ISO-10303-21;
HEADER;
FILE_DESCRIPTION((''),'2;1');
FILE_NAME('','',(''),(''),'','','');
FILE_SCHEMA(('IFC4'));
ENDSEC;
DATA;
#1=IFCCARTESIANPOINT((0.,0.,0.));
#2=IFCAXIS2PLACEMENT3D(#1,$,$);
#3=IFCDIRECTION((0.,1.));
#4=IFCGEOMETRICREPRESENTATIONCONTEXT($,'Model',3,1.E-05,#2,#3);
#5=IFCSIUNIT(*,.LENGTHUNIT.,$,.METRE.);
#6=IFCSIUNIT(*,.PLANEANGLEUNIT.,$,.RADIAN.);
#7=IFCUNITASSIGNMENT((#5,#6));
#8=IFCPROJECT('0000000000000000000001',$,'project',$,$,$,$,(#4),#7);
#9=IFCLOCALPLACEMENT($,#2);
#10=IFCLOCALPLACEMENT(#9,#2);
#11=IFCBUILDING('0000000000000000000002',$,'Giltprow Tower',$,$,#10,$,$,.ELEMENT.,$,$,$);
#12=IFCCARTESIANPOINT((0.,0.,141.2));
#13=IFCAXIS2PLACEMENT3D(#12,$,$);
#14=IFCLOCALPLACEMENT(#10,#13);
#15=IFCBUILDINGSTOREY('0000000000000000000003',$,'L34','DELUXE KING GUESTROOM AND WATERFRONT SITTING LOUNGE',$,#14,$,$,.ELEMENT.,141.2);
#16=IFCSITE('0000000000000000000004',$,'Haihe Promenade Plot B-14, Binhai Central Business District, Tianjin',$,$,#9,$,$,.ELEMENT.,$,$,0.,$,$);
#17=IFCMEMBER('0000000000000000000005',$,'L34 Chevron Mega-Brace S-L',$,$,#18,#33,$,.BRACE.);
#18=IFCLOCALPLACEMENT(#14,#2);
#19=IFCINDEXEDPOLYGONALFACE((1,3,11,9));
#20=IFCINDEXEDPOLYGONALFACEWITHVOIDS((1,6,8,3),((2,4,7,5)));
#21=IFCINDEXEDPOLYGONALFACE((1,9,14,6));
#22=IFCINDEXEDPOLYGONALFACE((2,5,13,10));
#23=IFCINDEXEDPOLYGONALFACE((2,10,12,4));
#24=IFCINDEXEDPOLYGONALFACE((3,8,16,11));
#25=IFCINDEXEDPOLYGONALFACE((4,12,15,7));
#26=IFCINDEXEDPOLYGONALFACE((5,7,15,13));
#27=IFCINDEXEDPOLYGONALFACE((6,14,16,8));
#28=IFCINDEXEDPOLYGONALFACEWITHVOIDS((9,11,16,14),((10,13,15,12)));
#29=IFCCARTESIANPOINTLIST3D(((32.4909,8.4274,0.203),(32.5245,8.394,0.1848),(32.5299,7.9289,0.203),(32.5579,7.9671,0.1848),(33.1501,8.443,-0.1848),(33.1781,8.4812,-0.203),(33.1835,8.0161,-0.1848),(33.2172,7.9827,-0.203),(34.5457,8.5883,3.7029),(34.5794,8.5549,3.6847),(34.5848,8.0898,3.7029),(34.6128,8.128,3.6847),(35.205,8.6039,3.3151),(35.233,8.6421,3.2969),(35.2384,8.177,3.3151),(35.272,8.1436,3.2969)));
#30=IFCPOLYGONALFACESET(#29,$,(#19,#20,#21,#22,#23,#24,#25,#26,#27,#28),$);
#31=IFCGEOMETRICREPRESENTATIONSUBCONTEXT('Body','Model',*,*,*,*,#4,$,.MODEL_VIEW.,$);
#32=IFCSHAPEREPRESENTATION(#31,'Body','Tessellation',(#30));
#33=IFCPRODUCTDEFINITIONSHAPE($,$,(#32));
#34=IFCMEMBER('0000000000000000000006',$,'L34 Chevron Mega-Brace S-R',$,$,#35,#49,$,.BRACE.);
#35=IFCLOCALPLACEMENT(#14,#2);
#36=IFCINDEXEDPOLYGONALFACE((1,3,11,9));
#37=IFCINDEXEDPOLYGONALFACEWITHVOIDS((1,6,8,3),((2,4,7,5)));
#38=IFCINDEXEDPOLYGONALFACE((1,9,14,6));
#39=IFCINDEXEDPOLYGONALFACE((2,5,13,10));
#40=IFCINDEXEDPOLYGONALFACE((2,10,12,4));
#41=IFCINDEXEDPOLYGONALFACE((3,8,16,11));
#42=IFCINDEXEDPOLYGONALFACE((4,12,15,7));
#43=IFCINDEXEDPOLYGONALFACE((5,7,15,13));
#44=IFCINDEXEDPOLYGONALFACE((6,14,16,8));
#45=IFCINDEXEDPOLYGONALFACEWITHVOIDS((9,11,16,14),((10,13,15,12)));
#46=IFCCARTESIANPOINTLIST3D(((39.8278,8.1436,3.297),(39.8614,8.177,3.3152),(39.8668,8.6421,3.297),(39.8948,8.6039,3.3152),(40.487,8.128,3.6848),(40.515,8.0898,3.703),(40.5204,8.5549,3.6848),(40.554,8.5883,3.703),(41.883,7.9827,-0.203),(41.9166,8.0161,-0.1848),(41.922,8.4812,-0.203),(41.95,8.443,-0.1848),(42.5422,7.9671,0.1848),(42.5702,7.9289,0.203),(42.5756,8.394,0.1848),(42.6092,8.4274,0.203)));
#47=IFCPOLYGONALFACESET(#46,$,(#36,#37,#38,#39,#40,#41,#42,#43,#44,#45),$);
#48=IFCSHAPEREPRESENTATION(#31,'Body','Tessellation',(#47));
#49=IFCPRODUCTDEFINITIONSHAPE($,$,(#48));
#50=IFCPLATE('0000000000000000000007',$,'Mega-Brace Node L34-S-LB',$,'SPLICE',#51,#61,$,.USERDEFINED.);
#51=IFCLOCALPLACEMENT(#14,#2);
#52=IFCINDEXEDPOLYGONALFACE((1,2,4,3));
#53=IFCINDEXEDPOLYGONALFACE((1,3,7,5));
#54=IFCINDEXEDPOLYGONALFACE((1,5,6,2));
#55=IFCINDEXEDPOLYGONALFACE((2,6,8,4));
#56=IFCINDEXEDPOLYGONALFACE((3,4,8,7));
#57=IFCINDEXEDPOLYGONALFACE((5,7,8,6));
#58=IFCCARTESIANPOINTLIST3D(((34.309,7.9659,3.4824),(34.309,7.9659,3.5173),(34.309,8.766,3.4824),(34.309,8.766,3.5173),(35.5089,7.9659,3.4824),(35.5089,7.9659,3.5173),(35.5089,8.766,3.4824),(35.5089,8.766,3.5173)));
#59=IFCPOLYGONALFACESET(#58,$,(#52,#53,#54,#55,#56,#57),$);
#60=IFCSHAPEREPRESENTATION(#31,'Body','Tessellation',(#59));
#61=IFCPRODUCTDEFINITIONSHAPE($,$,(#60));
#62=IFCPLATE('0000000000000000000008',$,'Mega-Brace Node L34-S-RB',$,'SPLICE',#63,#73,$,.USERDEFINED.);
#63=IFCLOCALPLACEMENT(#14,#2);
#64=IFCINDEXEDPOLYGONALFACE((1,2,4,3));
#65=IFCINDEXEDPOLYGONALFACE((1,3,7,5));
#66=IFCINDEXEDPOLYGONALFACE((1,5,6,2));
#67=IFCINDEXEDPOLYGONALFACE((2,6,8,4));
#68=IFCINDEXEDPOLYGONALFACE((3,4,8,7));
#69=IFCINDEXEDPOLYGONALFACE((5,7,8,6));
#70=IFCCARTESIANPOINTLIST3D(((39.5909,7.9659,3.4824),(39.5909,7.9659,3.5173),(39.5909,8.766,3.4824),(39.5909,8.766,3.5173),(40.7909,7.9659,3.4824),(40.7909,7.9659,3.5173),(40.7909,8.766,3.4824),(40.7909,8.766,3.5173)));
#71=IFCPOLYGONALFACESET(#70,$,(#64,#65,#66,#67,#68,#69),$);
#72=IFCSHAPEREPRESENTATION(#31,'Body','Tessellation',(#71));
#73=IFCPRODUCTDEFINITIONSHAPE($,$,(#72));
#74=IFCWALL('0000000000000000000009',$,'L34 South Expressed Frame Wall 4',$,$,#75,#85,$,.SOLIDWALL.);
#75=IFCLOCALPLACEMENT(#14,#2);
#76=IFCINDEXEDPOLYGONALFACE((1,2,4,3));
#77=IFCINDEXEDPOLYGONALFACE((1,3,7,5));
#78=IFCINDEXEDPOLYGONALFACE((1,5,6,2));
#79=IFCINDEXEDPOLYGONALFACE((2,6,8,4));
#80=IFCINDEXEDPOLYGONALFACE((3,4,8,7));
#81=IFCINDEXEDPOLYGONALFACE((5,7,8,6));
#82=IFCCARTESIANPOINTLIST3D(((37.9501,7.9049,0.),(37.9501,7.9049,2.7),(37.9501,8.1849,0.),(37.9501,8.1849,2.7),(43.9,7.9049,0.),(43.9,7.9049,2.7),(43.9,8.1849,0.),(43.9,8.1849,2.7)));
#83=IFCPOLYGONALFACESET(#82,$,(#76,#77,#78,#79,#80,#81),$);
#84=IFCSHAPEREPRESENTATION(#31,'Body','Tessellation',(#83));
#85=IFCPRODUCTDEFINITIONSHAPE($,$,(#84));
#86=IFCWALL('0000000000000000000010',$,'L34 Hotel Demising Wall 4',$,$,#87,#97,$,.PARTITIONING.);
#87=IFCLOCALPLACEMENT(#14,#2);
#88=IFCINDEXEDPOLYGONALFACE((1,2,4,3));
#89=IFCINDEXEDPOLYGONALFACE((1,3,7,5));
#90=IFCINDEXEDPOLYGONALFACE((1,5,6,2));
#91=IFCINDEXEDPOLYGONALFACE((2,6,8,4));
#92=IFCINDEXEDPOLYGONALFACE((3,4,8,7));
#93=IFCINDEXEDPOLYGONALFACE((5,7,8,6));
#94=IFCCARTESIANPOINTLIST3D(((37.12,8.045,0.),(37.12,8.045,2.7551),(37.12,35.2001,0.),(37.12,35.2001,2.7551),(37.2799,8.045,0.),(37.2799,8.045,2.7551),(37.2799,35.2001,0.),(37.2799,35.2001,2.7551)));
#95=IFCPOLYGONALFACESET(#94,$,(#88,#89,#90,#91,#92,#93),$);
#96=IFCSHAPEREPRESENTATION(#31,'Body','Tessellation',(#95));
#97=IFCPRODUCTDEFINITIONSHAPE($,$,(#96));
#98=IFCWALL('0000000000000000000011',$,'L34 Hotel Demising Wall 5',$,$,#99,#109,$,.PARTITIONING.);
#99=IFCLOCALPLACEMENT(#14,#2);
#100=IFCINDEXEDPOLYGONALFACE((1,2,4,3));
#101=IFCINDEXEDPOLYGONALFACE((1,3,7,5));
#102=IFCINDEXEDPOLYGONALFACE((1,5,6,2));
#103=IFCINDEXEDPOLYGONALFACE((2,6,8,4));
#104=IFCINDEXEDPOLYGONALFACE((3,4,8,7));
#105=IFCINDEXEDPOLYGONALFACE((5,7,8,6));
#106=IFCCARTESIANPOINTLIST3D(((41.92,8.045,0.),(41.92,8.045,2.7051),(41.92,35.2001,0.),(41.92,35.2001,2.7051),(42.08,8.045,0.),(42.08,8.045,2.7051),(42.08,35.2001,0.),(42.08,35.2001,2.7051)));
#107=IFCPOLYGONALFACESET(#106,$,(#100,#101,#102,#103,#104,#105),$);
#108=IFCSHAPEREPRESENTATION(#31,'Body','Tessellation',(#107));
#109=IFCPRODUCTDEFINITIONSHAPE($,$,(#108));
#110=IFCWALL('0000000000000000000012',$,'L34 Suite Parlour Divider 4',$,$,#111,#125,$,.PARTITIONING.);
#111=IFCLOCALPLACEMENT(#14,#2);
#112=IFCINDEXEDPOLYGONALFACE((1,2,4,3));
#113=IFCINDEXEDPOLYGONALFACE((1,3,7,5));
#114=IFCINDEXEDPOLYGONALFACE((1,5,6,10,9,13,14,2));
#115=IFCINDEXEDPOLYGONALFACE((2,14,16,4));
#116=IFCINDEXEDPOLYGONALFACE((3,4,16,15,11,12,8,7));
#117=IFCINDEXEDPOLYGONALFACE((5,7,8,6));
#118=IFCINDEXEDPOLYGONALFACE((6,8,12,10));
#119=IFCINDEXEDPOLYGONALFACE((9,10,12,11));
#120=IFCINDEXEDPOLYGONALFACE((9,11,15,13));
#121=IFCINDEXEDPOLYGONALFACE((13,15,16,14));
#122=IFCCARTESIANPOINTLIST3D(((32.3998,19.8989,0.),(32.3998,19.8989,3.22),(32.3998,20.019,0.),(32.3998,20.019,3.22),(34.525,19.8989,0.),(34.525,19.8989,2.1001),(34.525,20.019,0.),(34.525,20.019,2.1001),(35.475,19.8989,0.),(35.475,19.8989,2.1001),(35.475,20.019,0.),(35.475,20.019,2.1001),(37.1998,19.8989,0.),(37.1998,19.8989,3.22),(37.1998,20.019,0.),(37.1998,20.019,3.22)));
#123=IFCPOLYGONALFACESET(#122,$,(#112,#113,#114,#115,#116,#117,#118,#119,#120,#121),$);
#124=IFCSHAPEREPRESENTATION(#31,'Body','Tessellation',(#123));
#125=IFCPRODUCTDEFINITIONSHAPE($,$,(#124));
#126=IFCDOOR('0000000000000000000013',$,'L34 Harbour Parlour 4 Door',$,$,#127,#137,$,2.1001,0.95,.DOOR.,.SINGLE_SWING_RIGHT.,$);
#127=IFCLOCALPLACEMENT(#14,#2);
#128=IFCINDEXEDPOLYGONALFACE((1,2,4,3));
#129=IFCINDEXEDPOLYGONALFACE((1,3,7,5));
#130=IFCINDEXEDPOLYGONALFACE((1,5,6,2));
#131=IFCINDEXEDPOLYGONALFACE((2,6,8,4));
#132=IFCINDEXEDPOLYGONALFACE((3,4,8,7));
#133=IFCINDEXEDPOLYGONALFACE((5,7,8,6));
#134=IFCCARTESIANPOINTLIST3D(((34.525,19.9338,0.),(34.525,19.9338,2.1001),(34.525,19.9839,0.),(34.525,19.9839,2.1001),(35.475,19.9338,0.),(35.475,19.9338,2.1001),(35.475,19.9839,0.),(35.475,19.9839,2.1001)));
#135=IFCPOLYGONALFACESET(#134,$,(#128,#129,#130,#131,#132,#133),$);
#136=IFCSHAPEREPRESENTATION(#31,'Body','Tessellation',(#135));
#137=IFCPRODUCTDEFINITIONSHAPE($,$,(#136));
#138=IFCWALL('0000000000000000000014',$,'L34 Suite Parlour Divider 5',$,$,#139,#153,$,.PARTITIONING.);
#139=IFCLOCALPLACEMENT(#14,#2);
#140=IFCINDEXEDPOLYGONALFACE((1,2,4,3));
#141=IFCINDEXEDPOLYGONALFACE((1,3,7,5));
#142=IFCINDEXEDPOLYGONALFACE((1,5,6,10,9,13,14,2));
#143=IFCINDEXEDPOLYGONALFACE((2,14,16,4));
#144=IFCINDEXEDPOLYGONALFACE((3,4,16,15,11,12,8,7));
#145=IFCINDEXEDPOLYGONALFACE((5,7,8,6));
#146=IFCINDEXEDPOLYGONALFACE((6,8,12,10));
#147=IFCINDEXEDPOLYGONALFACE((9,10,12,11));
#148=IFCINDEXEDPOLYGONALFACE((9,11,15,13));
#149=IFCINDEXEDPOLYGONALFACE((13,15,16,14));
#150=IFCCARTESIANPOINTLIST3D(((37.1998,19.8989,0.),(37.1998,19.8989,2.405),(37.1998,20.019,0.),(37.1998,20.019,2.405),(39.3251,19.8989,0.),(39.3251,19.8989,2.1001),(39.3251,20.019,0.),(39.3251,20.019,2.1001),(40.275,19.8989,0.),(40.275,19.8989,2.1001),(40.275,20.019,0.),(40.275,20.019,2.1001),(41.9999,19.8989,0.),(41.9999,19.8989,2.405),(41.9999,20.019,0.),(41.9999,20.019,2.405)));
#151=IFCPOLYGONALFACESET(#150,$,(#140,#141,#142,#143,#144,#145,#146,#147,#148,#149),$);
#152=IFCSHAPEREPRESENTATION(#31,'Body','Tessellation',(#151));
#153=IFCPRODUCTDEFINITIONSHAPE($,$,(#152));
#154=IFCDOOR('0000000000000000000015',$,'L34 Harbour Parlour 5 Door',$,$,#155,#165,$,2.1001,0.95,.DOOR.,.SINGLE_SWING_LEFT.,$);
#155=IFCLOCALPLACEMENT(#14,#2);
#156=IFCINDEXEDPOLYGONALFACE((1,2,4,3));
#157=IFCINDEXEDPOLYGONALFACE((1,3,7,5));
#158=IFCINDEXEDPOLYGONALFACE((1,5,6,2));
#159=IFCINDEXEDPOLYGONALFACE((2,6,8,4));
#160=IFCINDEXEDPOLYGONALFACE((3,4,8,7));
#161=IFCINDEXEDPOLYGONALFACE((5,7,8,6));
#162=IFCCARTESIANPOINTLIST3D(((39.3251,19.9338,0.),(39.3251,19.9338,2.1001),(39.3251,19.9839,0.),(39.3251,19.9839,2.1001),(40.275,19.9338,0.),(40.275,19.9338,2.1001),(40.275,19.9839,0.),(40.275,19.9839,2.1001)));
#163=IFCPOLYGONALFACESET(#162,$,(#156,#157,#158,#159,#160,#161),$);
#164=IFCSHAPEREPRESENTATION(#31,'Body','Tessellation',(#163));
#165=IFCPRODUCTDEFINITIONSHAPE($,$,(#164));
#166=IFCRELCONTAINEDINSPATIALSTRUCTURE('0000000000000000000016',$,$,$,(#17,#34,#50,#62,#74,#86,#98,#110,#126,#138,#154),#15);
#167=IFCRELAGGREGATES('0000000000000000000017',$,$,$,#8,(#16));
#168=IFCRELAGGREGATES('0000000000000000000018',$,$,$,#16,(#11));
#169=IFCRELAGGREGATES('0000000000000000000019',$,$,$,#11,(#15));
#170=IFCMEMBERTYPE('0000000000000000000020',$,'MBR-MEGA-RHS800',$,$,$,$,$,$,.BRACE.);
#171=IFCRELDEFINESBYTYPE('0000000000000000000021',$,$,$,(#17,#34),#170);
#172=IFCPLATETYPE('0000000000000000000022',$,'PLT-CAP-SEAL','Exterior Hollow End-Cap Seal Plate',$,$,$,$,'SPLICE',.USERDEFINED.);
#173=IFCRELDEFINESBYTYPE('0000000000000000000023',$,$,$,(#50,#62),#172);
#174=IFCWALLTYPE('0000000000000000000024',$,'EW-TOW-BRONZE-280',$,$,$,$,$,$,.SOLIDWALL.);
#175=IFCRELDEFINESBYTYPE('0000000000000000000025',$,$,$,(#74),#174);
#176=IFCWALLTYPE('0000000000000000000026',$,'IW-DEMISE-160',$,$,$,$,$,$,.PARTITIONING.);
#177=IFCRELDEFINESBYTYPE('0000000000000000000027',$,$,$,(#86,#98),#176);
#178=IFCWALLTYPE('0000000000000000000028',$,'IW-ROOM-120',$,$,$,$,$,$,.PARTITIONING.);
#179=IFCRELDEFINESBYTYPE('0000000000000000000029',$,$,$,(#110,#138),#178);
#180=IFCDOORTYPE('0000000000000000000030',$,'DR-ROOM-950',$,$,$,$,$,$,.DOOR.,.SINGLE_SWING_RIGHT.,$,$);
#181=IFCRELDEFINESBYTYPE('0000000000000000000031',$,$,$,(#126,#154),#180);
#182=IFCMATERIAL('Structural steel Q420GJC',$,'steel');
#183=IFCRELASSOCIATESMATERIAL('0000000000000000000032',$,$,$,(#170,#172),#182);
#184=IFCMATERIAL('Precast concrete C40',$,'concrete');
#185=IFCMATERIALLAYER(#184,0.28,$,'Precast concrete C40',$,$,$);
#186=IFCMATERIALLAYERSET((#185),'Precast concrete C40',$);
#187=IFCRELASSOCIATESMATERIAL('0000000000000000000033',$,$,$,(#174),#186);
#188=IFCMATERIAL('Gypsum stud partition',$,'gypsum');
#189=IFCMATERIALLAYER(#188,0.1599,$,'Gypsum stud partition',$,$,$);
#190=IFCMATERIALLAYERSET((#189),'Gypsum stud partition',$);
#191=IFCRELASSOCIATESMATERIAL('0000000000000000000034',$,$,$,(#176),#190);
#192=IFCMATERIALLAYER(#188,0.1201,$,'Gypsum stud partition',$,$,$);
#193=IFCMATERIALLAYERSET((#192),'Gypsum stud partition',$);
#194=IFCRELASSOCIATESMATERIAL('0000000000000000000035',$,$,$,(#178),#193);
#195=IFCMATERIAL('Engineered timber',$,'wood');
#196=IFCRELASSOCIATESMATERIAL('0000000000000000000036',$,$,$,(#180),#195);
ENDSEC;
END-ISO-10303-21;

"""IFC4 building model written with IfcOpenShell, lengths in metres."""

from ifc_helpers import new_model, si_unit, direction, frame, frame_2d, origin, origin_2d, place, context, subcontext, project, spatial, rectangle, hollow_rectangle, extrude, source, transform, mapped, material, layer, layer_set, material_profile, profile_set, type_object, element, fill, save


model = new_model("IFC4")

# Units and contexts
model_context = context("Model", 3, precision=1e-05, world=origin(), true_north=direction((0.0, 1.0)))
body_context = subcontext(model_context, "Body", "Model", "MODEL_VIEW")
ifc_project = project(units=[si_unit("LENGTHUNIT", "METRE"), si_unit("PLANEANGLEUNIT", "RADIAN")], contexts=[model_context])

# Site, building, storey
site_placement = place(None, origin())
site = spatial("IfcSite", under=ifc_project, at=site_placement, Name="Haihe Promenade Plot B-14, Binhai Central Business District, Tianjin", CompositionType="ELEMENT", RefElevation=0.0)
building_placement = place(site_placement, origin())
building = spatial("IfcBuilding", under=site, at=building_placement, Name="Giltprow Tower", CompositionType="ELEMENT")
storey_placement = place(building_placement, frame((0.0, 0.0, 141.2)))
storey = spatial("IfcBuildingStorey", under=building, at=storey_placement, Name="L34", Description="DELUXE KING GUESTROOM AND WATERFRONT SITTING LOUNGE", CompositionType="ELEMENT", Elevation=141.2)

# Shared definitions
ifc_material_1 = material(Name="Structural steel Q420GJC", Category="steel")

# Members
ifc_material_profile_1 = material_profile(ifc_material_1, hollow_rectangle(XDim=0.5, YDim=0.8, WallThickness=0.0359, at=origin_2d()), Name="RHS 800x500x36")
ifc_profile_set_1 = profile_set([ifc_material_profile_1], Name="Structural steel Q420GJC")
member_type = type_object("IfcMemberType", Name="MBR-MEGA-RHS800", PredefinedType="BRACE", material=ifc_profile_set_1)
shared_shape_1 = source(origin(), body_context, "Body", "SweptSolid", [
    extrude(hollow_rectangle(XDim=0.5, YDim=0.8, WallThickness=0.0359, at=origin_2d()), origin(), (0.0, 0.0, 1.0), 4.0618),
])
member_1_placement = place(storey_placement, frame((32.854, 8.2051, 0.0), z_axis=(0.50591, 0.03961, 0.861676), x_axis=(-0.078055, 0.996949, 0.0)))
element("IfcMember", 1, at=member_1_placement, inside=storey, type_object=member_type, Name="L34 Chevron Mega-Brace S-L", PredefinedType="BRACE", context=body_context, shape_type="MappedRepresentation", body=[
    mapped(shared_shape_1, transform((0.0, 0.0, 0.0), x_axis=(1.0, 0.0, 0.0), y_axis=(0.0, 1.0, 0.0), z_axis=(0.0, 0.0, 1.0), scale=1.0)),
])
shared_shape_2 = source(origin(), body_context, "Body", "SweptSolid", [
    extrude(hollow_rectangle(XDim=0.5, YDim=0.8, WallThickness=0.0359, at=origin_2d()), origin(), (0.0, 0.0, 1.0), 4.062),
])
member_2_placement = place(storey_placement, frame((42.2461, 8.2051, 0.0), z_axis=(-0.505955, 0.039608, 0.86165), x_axis=(-0.078046, -0.99695, 0.0)))
element("IfcMember", 2, at=member_2_placement, inside=storey, type_object=member_type, Name="L34 Chevron Mega-Brace S-R", PredefinedType="BRACE", context=body_context, shape_type="MappedRepresentation", body=[
    mapped(shared_shape_2, transform((0.0, 0.0, 0.0), x_axis=(1.0, 0.0, 0.0), y_axis=(0.0, 1.0, 0.0), z_axis=(0.0, 0.0, 1.0), scale=1.0)),
])

# Plates
plate_type = type_object("IfcPlateType", Name="PLT-CAP-SEAL", Description="Exterior Hollow End-Cap Seal Plate", ElementType="SPLICE", PredefinedType="USERDEFINED", material=ifc_material_1)
shared_shape_3 = source(origin(), body_context, "Body", "SweptSolid", [
    extrude(rectangle(XDim=1.2, YDim=0.8, at=origin_2d()), origin(), (0.0, 0.0, 1.0), 0.0349),
])
for number, where, z_axis, x_axis, name in (
    (3, (34.9089, 8.366, 3.4824), (0.0, 0.0, 1.0), (1.0, 0.0, 0.0), "Mega-Brace Node L34-S-LB"),
    (4, (40.1909, 8.366, 3.4824), (0.0, 0.0, 1.0), (1.0, 0.0, 0.0), "Mega-Brace Node L34-S-RB"),
):
    element("IfcPlate", number, at=place(storey_placement, frame(where, z_axis=z_axis, x_axis=x_axis)), inside=storey, type_object=plate_type, Name=name, ObjectType="SPLICE", PredefinedType="USERDEFINED", context=body_context, shape_type="MappedRepresentation", body=[
        mapped(shared_shape_3, transform((0.0, 0.0, 0.0), x_axis=(1.0, 0.0, 0.0), y_axis=(0.0, 1.0, 0.0), z_axis=(0.0, 0.0, 1.0), scale=1.0)),
    ])

# Walls
ifc_material_2 = material(Name="Precast concrete C40", Category="concrete")
ifc_layer_1 = layer(ifc_material_2, 0.28, Name="Precast concrete C40")
ifc_layer_set_1 = layer_set([ifc_layer_1], Name="Precast concrete C40")
wall_type_1 = type_object("IfcWallType", Name="EW-TOW-BRONZE-280", PredefinedType="SOLIDWALL", material=ifc_layer_set_1)
wall_1_placement = place(storey_placement, frame((37.95, 8.0449, 0.0), z_axis=(0.0, 0.0, 1.0), x_axis=(1.0, 0.0, 0.0)))
element("IfcWall", 5, at=wall_1_placement, inside=storey, type_object=wall_type_1, Name="L34 South Expressed Frame Wall 4", PredefinedType="SOLIDWALL", context=body_context, shape_type="SweptSolid", body=[
    extrude(rectangle(XDim=5.95, YDim=0.28, at=frame_2d((2.9751, 0.0))), origin(), (0.0, 0.0, 1.0), 2.7),
])
ifc_material_3 = material(Name="Gypsum stud partition", Category="gypsum")
ifc_layer_2 = layer(ifc_material_3, 0.1599, Name="Gypsum stud partition")
ifc_layer_set_2 = layer_set([ifc_layer_2], Name="Gypsum stud partition")
wall_type_2 = type_object("IfcWallType", Name="IW-DEMISE-160", PredefinedType="PARTITIONING", material=ifc_layer_set_2)
wall_2_placement = place(storey_placement, frame((37.2, 8.0449, 0.0), z_axis=(0.0, 0.0, 1.0), x_axis=(0.0, 1.0, 0.0)))
element("IfcWall", 6, at=wall_2_placement, inside=storey, type_object=wall_type_2, Name="L34 Hotel Demising Wall 4", PredefinedType="PARTITIONING", context=body_context, shape_type="SweptSolid", body=[
    extrude(rectangle(XDim=27.155, YDim=0.1599, at=frame_2d((13.5776, 0.0))), origin(), (0.0, 0.0, 1.0), 2.7551),
])
wall_3_placement = place(storey_placement, frame((42.0, 8.0449, 0.0), z_axis=(0.0, 0.0, 1.0), x_axis=(0.0, 1.0, 0.0)))
element("IfcWall", 7, at=wall_3_placement, inside=storey, type_object=wall_type_2, Name="L34 Hotel Demising Wall 5", PredefinedType="PARTITIONING", context=body_context, shape_type="SweptSolid", body=[
    extrude(rectangle(XDim=27.155, YDim=0.1599, at=frame_2d((13.5776, 0.0))), origin(), (0.0, 0.0, 1.0), 2.7051),
])

# Walls, openings, doors
ifc_layer_3 = layer(ifc_material_3, 0.1201, Name="Gypsum stud partition")
ifc_layer_set_3 = layer_set([ifc_layer_3], Name="Gypsum stud partition")
wall_type_3 = type_object("IfcWallType", Name="IW-ROOM-120", PredefinedType="PARTITIONING", material=ifc_layer_set_3)
wall_4_placement = place(storey_placement, frame((32.3999, 19.959, 0.0), z_axis=(0.0, 0.0, 1.0), x_axis=(1.0, 0.0, 0.0)))
wall_4 = element("IfcWall", 8, at=wall_4_placement, inside=storey, type_object=wall_type_3, Name="L34 Suite Parlour Divider 4", PredefinedType="PARTITIONING", context=body_context, shape_type="SweptSolid", body=[
    extrude(rectangle(XDim=4.8, YDim=0.1201, at=frame_2d((2.3999, 0.0))), origin(), (0.0, 0.0, 1.0), 3.22),
])
opening_1_placement = place(wall_4_placement, frame((2.125, 0.0, 0.0)))
opening_1 = element("IfcOpeningElement", 9, at=opening_1_placement, cuts=wall_4, PredefinedType="OPENING", context=body_context, shape_type="SweptSolid", body=[
    extrude(rectangle(XDim=0.95, YDim=2.1001, at=frame_2d((0.4751, 1.05))), frame((0.0, 0.0701, 0.0), z_axis=(0.0, -1.0, 0.0), x_axis=(1.0, 0.0, 0.0)), (0.0, 0.0, 1.0), 0.1401),
])
ifc_material_4 = material(Name="Engineered timber", Category="wood")
door_type = type_object("IfcDoorType", Name="DR-ROOM-950", OperationType="SINGLE_SWING_RIGHT", PredefinedType="DOOR", material=ifc_material_4)
shared_shape_4 = source(origin(), body_context, "Body", "SweptSolid", [
    extrude(rectangle(XDim=0.95, YDim=2.1001, at=frame_2d((0.4751, 1.05))), frame((0.0, 0.0249, 0.0), z_axis=(0.0, -1.0, 0.0), x_axis=(1.0, 0.0, 0.0)), (0.0, 0.0, 1.0), 0.05),
])
door_1_placement = place(opening_1_placement, origin())
door_1 = element("IfcDoor", 10, at=door_1_placement, inside=storey, type_object=door_type, Name="L34 Harbour Parlour 4 Door", OperationType="SINGLE_SWING_RIGHT", OverallHeight=2.1001, OverallWidth=0.95, PredefinedType="DOOR", context=body_context, shape_type="MappedRepresentation", body=[
    mapped(shared_shape_4, transform((0.0, 0.0, 0.0), x_axis=(1.0, 0.0, 0.0), y_axis=(0.0, 1.0, 0.0), z_axis=(0.0, 0.0, 1.0), scale=1.0)),
])
fill(opening_1, door_1)
wall_5_placement = place(storey_placement, frame((37.2, 19.959, 0.0), z_axis=(0.0, 0.0, 1.0), x_axis=(1.0, 0.0, 0.0)))
wall_5 = element("IfcWall", 11, at=wall_5_placement, inside=storey, type_object=wall_type_3, Name="L34 Suite Parlour Divider 5", PredefinedType="PARTITIONING", context=body_context, shape_type="SweptSolid", body=[
    extrude(rectangle(XDim=4.8, YDim=0.1201, at=frame_2d((2.3999, 0.0))), origin(), (0.0, 0.0, 1.0), 2.405),
])
opening_2_placement = place(wall_5_placement, frame((2.125, 0.0, 0.0)))
opening_2 = element("IfcOpeningElement", 12, at=opening_2_placement, cuts=wall_5, PredefinedType="OPENING", context=body_context, shape_type="SweptSolid", body=[
    extrude(rectangle(XDim=0.95, YDim=2.1001, at=frame_2d((0.4751, 1.05))), frame((0.0, 0.0701, 0.0), z_axis=(0.0, -1.0, 0.0), x_axis=(1.0, 0.0, 0.0)), (0.0, 0.0, 1.0), 0.1401),
])
door_2_placement = place(opening_2_placement, origin())
door_2 = element("IfcDoor", 13, at=door_2_placement, inside=storey, type_object=door_type, Name="L34 Harbour Parlour 5 Door", OperationType="SINGLE_SWING_LEFT", OverallHeight=2.1001, OverallWidth=0.95, PredefinedType="DOOR", context=body_context, shape_type="MappedRepresentation", body=[
    mapped(shared_shape_4, transform((0.0, 0.0, 0.0), x_axis=(1.0, 0.0, 0.0), y_axis=(0.0, 1.0, 0.0), z_axis=(0.0, 0.0, 1.0), scale=1.0)),
])
fill(opening_2, door_2)

save(model, "model.ifc")
